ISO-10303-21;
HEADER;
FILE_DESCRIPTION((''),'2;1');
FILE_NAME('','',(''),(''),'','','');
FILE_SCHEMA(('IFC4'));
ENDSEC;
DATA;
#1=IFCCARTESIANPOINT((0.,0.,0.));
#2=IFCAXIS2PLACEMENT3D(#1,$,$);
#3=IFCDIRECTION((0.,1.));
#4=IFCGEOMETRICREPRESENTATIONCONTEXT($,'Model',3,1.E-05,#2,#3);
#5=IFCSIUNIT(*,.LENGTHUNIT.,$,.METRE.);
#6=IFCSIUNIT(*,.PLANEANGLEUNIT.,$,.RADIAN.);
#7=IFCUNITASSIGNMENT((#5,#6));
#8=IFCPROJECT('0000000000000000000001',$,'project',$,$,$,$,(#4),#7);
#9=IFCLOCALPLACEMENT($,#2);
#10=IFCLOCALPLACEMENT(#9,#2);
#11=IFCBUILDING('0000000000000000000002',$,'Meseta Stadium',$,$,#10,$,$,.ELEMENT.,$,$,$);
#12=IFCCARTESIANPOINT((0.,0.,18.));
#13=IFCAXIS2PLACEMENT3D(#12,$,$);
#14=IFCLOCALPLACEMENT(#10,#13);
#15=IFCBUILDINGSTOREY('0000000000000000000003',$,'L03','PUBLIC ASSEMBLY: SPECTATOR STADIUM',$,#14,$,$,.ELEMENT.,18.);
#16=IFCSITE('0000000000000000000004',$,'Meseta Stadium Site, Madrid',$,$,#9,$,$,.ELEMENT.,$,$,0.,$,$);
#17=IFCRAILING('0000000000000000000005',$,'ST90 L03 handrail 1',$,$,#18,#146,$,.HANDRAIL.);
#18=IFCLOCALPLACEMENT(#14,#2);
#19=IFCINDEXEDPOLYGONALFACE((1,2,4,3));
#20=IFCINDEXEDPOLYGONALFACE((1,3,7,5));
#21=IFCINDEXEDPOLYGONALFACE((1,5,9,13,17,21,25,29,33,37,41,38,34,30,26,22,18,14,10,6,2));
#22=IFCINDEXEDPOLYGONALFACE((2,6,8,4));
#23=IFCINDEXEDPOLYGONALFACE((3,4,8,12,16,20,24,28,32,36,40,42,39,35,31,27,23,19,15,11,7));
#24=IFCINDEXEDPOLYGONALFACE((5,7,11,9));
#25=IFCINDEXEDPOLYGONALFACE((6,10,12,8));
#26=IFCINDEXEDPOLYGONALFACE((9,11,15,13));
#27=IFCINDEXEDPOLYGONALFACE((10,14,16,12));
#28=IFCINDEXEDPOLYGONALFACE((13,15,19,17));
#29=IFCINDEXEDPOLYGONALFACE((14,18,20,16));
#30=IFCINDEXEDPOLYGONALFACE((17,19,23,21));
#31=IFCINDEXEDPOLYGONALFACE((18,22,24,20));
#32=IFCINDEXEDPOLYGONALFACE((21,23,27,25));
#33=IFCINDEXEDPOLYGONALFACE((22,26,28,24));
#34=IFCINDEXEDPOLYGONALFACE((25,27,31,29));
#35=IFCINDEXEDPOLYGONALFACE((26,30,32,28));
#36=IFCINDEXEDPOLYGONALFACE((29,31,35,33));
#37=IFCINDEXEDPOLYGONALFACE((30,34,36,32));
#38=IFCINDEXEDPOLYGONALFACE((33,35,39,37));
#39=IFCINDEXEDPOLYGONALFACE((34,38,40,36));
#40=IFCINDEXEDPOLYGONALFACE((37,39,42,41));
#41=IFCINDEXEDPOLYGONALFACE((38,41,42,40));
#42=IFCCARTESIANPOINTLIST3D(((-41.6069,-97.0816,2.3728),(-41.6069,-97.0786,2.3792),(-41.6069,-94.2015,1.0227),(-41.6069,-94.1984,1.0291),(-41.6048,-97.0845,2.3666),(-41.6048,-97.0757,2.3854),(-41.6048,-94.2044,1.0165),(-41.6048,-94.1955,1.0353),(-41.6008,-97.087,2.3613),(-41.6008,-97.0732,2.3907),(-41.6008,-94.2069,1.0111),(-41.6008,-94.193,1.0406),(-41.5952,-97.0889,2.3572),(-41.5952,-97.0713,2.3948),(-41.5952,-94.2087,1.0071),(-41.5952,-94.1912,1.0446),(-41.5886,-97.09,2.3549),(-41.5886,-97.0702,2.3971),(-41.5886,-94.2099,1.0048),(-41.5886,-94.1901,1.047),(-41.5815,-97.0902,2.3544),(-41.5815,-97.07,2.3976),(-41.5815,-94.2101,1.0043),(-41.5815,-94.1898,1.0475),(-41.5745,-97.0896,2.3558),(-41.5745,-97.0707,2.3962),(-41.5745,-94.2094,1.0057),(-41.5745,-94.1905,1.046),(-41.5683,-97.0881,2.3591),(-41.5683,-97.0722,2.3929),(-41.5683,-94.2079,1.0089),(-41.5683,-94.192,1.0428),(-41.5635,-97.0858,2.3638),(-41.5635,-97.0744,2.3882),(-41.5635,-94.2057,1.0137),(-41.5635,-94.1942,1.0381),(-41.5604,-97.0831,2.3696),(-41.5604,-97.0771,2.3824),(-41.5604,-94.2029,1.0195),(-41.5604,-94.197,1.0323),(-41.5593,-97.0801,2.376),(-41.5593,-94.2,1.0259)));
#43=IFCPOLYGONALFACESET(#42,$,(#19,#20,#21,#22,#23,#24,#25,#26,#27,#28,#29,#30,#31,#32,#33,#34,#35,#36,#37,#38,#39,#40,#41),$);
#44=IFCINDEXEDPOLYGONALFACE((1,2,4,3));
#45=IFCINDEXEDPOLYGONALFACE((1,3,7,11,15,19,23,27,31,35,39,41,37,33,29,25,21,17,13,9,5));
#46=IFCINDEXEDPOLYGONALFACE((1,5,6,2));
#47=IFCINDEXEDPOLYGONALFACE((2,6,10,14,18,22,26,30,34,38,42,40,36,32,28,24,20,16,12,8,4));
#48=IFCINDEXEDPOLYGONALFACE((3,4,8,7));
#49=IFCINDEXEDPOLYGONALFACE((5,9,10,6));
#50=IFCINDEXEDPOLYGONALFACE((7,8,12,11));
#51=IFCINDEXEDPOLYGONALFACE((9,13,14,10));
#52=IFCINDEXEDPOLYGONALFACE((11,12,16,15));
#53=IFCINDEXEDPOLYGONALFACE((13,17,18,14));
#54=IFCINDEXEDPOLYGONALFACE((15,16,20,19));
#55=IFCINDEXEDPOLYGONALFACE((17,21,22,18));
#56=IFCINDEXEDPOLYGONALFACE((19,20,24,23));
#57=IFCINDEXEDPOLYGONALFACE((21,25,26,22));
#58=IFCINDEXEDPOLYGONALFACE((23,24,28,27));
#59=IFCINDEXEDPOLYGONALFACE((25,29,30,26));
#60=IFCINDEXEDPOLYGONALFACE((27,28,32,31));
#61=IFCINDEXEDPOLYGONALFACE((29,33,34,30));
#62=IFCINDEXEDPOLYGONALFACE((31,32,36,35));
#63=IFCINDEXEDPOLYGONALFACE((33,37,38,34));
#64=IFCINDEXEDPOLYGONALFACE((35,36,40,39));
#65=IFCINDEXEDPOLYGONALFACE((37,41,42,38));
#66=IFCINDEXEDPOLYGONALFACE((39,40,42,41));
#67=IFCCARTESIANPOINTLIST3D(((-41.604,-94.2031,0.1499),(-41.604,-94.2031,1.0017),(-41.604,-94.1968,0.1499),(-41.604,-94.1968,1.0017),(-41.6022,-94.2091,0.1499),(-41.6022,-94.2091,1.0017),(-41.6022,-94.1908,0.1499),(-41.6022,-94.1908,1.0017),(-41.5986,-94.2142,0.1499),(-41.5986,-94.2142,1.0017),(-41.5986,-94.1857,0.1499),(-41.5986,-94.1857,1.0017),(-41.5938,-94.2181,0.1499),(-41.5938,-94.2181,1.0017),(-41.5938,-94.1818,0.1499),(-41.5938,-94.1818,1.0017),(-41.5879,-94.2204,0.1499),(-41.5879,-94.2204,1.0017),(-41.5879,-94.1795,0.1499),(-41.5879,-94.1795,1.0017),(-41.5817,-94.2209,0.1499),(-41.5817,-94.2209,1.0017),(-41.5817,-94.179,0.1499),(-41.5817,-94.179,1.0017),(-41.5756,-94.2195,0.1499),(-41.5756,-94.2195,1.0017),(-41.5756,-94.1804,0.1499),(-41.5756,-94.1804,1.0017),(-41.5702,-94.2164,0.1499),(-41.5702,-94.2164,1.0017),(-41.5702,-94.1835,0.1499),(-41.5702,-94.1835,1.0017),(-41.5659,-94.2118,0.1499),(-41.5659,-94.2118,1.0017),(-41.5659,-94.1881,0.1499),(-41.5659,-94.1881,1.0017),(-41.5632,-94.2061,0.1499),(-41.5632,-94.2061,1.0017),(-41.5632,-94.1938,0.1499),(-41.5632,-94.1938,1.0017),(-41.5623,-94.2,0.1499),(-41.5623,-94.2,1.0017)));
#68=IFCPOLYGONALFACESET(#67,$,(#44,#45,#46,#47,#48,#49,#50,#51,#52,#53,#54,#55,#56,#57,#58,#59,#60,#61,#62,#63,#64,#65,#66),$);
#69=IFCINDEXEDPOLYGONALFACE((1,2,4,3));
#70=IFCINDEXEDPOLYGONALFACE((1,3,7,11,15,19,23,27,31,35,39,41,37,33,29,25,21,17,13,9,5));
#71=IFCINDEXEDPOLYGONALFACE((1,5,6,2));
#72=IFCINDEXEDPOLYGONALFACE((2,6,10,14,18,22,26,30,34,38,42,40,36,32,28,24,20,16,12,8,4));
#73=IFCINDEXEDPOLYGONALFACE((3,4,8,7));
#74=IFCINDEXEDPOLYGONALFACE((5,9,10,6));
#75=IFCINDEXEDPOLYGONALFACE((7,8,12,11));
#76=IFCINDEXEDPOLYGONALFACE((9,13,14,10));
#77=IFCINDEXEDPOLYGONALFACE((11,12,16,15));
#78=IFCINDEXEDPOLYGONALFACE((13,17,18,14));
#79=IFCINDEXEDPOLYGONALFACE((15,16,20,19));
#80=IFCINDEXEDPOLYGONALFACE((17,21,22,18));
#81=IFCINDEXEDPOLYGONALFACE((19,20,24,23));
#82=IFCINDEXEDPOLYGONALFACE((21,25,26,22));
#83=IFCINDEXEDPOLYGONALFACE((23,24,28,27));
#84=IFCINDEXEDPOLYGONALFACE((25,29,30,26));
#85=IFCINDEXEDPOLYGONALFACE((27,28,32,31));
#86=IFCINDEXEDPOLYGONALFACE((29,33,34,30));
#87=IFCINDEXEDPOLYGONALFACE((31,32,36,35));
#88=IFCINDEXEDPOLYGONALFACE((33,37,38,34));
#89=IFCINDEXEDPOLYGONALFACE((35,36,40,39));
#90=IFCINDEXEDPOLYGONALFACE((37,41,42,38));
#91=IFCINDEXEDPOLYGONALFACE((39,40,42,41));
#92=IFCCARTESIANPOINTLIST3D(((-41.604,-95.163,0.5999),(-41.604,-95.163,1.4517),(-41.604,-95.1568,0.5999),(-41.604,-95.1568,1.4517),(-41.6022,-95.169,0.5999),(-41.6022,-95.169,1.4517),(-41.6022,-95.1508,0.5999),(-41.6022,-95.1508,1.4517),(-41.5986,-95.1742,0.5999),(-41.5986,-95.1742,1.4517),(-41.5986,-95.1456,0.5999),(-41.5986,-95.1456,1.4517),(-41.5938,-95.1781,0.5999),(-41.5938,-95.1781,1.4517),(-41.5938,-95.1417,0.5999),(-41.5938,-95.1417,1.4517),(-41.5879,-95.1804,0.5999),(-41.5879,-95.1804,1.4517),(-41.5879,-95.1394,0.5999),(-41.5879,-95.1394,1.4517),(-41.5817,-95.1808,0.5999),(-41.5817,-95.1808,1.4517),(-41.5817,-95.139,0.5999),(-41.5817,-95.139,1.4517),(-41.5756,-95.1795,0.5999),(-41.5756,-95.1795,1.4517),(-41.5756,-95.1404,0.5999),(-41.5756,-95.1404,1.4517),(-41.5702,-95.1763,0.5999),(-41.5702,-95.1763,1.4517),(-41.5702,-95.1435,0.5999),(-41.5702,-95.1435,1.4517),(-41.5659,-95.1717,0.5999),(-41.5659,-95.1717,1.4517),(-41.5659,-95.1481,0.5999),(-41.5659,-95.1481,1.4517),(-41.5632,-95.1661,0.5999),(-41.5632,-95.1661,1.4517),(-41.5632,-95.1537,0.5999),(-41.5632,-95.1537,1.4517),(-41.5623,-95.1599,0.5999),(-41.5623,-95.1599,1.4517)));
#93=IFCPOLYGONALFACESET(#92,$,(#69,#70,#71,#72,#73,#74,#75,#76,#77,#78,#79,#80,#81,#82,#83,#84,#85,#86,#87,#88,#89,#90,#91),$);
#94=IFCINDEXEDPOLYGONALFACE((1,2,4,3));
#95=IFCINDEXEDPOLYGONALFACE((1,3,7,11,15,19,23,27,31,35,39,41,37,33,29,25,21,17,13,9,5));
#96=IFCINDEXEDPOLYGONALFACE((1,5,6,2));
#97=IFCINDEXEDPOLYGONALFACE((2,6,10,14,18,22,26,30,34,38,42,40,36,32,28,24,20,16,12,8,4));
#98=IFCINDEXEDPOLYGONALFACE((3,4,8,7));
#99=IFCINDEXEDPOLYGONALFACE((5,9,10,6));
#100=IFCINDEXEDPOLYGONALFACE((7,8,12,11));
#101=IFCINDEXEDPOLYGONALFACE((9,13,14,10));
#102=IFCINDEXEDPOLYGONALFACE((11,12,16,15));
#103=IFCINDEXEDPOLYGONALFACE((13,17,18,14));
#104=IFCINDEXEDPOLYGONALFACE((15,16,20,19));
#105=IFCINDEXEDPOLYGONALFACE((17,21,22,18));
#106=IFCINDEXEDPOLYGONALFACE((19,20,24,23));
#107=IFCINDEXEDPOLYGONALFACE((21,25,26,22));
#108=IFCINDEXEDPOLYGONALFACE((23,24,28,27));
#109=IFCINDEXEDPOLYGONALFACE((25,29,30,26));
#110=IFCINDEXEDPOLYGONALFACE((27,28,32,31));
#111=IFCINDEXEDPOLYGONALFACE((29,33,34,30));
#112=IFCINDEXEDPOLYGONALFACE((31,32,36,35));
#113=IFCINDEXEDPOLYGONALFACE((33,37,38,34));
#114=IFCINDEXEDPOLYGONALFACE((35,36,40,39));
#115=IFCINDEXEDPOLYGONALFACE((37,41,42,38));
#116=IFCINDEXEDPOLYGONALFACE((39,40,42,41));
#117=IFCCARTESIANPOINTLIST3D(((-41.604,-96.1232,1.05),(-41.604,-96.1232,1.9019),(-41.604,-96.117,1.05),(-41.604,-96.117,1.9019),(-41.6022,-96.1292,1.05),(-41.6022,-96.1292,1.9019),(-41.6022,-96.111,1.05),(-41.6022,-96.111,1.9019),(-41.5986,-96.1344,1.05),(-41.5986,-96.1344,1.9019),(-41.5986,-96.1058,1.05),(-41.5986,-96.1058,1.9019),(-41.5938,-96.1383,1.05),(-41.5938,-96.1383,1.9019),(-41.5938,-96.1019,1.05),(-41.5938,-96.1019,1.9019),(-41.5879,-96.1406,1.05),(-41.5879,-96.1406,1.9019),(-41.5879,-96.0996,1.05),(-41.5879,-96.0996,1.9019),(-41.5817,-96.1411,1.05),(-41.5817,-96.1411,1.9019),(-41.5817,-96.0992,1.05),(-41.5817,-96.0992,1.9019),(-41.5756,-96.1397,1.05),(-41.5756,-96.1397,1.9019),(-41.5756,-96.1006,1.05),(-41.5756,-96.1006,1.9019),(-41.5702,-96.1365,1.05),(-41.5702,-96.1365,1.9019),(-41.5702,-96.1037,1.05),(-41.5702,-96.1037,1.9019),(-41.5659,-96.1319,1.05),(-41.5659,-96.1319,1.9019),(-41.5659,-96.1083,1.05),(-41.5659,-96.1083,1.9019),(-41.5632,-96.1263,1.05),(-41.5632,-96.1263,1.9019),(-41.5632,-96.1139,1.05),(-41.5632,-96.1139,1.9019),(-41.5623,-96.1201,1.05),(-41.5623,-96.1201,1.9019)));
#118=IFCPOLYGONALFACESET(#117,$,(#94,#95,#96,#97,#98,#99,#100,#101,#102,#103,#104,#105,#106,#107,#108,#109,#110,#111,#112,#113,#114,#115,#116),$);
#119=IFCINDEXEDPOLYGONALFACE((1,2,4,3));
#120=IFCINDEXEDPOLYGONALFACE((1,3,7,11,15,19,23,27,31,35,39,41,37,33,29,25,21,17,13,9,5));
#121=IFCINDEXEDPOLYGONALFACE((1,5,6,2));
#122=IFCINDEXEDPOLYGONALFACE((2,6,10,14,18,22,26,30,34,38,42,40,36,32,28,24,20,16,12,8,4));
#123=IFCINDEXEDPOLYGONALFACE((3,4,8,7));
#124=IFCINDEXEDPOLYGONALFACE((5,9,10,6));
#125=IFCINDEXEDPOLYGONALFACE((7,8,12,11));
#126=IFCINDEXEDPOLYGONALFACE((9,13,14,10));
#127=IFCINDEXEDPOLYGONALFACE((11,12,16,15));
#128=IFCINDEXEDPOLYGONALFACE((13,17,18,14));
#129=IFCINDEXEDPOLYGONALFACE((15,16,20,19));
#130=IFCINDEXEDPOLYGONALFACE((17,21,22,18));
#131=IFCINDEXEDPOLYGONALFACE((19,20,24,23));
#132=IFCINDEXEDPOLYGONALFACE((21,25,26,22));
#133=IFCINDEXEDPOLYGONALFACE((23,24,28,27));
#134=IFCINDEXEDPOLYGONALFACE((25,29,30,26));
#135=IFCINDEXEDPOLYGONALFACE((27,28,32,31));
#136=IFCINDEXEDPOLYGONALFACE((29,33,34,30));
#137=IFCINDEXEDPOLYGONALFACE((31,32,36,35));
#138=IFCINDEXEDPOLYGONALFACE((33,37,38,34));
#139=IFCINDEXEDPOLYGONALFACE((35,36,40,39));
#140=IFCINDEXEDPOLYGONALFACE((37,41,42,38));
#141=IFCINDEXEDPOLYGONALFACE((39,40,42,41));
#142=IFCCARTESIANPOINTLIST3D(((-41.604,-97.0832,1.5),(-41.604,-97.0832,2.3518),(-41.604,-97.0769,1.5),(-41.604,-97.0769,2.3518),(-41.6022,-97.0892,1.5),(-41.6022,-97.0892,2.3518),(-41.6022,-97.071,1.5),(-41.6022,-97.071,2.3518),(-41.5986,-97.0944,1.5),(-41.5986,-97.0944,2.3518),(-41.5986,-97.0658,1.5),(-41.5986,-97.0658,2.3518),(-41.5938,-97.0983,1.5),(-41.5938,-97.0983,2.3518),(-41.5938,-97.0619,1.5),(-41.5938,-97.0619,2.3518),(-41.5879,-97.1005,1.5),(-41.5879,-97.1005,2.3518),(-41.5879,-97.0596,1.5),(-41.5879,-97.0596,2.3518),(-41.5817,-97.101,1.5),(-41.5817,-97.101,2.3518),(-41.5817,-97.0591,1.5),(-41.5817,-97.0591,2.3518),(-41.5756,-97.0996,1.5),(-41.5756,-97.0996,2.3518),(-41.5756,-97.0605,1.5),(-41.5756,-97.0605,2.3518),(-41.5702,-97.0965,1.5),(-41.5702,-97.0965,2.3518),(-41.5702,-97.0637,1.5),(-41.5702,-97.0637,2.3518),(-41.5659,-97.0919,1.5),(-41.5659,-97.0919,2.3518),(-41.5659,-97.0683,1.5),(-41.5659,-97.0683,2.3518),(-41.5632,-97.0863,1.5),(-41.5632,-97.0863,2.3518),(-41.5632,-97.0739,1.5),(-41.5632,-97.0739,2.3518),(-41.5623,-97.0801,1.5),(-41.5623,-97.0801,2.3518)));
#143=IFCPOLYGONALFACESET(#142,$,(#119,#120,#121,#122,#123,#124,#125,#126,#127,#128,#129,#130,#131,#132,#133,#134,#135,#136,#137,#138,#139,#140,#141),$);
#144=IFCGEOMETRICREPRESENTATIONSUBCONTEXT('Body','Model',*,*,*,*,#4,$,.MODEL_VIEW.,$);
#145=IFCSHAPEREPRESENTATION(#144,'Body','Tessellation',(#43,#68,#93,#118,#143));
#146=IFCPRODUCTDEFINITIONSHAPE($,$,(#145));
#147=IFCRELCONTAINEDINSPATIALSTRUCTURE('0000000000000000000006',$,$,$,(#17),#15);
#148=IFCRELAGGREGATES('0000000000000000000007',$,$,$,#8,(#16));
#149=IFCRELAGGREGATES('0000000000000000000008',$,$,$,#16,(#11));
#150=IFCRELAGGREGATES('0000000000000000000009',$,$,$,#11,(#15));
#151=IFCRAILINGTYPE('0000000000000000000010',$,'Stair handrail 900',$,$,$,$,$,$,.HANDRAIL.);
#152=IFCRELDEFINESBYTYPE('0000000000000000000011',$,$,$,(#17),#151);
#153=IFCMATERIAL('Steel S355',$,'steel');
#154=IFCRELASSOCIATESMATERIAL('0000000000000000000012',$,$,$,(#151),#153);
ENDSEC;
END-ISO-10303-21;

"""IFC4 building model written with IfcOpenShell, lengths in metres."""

from ifc_helpers import new_model, si_unit, direction, frame, origin, origin_2d, place, context, subcontext, project, spatial, circle, extrude, material, type_object, element, save


model = new_model("IFC4")

# Units and contexts
model_context = context("Model", 3, precision=1e-05, world=origin(), true_north=direction((0.0, 1.0)))
body_context = subcontext(model_context, "Body", "Model", "MODEL_VIEW")
ifc_project = project(units=[si_unit("LENGTHUNIT", "METRE"), si_unit("PLANEANGLEUNIT", "RADIAN")], contexts=[model_context])

# Site, building, storey
site_placement = place(None, origin())
site = spatial("IfcSite", under=ifc_project, at=site_placement, Name="Meseta Stadium Site, Madrid", CompositionType="ELEMENT", RefElevation=0.0)
building_placement = place(site_placement, origin())
building = spatial("IfcBuilding", under=site, at=building_placement, Name="Meseta Stadium", CompositionType="ELEMENT")
storey_placement = place(building_placement, frame((0.0, 0.0, 18.0)))
storey = spatial("IfcBuildingStorey", under=building, at=storey_placement, Name="L03", Description="PUBLIC ASSEMBLY: SPECTATOR STADIUM", CompositionType="ELEMENT", Elevation=18.0)

# Railing
ifc_material_1 = material(Name="Steel S355", Category="steel")
railing_type_1 = type_object("IfcRailingType", Name="Stair handrail 900", PredefinedType="HANDRAIL", material=ifc_material_1)
for number, where, name in (
    (1, (-41.5833, -94.2, 0.1499), "ST90 L03 handrail 1"),
):
    element("IfcRailing", number, at=place(storey_placement, frame(where)), inside=storey, type_object=railing_type_1, Name=name, PredefinedType="HANDRAIL", context=body_context, shape_type="SweptSolid", body=[
        extrude(circle(Radius=0.0239, at=origin_2d()), frame((0.0, 0.0, 0.876), z_axis=(0.0, -0.905454, 0.424444), x_axis=(1.0, 0.0, 0.0)), (0.0, 0.0, 1.0), 3.1809),
        extrude(circle(Radius=0.021, at=origin_2d()), origin(), (0.0, 0.0, 1.0), 0.8518),
        extrude(circle(Radius=0.021, at=origin_2d()), frame((0.0, -0.96, 0.45)), (0.0, 0.0, 1.0), 0.8518),
        extrude(circle(Radius=0.021, at=origin_2d()), frame((0.0, -1.9202, 0.9001)), (0.0, 0.0, 1.0), 0.8518),
        extrude(circle(Radius=0.021, at=origin_2d()), frame((0.0, -2.8801, 1.3501)), (0.0, 0.0, 1.0), 0.8518),
    ])

save(model, "model.ifc")
